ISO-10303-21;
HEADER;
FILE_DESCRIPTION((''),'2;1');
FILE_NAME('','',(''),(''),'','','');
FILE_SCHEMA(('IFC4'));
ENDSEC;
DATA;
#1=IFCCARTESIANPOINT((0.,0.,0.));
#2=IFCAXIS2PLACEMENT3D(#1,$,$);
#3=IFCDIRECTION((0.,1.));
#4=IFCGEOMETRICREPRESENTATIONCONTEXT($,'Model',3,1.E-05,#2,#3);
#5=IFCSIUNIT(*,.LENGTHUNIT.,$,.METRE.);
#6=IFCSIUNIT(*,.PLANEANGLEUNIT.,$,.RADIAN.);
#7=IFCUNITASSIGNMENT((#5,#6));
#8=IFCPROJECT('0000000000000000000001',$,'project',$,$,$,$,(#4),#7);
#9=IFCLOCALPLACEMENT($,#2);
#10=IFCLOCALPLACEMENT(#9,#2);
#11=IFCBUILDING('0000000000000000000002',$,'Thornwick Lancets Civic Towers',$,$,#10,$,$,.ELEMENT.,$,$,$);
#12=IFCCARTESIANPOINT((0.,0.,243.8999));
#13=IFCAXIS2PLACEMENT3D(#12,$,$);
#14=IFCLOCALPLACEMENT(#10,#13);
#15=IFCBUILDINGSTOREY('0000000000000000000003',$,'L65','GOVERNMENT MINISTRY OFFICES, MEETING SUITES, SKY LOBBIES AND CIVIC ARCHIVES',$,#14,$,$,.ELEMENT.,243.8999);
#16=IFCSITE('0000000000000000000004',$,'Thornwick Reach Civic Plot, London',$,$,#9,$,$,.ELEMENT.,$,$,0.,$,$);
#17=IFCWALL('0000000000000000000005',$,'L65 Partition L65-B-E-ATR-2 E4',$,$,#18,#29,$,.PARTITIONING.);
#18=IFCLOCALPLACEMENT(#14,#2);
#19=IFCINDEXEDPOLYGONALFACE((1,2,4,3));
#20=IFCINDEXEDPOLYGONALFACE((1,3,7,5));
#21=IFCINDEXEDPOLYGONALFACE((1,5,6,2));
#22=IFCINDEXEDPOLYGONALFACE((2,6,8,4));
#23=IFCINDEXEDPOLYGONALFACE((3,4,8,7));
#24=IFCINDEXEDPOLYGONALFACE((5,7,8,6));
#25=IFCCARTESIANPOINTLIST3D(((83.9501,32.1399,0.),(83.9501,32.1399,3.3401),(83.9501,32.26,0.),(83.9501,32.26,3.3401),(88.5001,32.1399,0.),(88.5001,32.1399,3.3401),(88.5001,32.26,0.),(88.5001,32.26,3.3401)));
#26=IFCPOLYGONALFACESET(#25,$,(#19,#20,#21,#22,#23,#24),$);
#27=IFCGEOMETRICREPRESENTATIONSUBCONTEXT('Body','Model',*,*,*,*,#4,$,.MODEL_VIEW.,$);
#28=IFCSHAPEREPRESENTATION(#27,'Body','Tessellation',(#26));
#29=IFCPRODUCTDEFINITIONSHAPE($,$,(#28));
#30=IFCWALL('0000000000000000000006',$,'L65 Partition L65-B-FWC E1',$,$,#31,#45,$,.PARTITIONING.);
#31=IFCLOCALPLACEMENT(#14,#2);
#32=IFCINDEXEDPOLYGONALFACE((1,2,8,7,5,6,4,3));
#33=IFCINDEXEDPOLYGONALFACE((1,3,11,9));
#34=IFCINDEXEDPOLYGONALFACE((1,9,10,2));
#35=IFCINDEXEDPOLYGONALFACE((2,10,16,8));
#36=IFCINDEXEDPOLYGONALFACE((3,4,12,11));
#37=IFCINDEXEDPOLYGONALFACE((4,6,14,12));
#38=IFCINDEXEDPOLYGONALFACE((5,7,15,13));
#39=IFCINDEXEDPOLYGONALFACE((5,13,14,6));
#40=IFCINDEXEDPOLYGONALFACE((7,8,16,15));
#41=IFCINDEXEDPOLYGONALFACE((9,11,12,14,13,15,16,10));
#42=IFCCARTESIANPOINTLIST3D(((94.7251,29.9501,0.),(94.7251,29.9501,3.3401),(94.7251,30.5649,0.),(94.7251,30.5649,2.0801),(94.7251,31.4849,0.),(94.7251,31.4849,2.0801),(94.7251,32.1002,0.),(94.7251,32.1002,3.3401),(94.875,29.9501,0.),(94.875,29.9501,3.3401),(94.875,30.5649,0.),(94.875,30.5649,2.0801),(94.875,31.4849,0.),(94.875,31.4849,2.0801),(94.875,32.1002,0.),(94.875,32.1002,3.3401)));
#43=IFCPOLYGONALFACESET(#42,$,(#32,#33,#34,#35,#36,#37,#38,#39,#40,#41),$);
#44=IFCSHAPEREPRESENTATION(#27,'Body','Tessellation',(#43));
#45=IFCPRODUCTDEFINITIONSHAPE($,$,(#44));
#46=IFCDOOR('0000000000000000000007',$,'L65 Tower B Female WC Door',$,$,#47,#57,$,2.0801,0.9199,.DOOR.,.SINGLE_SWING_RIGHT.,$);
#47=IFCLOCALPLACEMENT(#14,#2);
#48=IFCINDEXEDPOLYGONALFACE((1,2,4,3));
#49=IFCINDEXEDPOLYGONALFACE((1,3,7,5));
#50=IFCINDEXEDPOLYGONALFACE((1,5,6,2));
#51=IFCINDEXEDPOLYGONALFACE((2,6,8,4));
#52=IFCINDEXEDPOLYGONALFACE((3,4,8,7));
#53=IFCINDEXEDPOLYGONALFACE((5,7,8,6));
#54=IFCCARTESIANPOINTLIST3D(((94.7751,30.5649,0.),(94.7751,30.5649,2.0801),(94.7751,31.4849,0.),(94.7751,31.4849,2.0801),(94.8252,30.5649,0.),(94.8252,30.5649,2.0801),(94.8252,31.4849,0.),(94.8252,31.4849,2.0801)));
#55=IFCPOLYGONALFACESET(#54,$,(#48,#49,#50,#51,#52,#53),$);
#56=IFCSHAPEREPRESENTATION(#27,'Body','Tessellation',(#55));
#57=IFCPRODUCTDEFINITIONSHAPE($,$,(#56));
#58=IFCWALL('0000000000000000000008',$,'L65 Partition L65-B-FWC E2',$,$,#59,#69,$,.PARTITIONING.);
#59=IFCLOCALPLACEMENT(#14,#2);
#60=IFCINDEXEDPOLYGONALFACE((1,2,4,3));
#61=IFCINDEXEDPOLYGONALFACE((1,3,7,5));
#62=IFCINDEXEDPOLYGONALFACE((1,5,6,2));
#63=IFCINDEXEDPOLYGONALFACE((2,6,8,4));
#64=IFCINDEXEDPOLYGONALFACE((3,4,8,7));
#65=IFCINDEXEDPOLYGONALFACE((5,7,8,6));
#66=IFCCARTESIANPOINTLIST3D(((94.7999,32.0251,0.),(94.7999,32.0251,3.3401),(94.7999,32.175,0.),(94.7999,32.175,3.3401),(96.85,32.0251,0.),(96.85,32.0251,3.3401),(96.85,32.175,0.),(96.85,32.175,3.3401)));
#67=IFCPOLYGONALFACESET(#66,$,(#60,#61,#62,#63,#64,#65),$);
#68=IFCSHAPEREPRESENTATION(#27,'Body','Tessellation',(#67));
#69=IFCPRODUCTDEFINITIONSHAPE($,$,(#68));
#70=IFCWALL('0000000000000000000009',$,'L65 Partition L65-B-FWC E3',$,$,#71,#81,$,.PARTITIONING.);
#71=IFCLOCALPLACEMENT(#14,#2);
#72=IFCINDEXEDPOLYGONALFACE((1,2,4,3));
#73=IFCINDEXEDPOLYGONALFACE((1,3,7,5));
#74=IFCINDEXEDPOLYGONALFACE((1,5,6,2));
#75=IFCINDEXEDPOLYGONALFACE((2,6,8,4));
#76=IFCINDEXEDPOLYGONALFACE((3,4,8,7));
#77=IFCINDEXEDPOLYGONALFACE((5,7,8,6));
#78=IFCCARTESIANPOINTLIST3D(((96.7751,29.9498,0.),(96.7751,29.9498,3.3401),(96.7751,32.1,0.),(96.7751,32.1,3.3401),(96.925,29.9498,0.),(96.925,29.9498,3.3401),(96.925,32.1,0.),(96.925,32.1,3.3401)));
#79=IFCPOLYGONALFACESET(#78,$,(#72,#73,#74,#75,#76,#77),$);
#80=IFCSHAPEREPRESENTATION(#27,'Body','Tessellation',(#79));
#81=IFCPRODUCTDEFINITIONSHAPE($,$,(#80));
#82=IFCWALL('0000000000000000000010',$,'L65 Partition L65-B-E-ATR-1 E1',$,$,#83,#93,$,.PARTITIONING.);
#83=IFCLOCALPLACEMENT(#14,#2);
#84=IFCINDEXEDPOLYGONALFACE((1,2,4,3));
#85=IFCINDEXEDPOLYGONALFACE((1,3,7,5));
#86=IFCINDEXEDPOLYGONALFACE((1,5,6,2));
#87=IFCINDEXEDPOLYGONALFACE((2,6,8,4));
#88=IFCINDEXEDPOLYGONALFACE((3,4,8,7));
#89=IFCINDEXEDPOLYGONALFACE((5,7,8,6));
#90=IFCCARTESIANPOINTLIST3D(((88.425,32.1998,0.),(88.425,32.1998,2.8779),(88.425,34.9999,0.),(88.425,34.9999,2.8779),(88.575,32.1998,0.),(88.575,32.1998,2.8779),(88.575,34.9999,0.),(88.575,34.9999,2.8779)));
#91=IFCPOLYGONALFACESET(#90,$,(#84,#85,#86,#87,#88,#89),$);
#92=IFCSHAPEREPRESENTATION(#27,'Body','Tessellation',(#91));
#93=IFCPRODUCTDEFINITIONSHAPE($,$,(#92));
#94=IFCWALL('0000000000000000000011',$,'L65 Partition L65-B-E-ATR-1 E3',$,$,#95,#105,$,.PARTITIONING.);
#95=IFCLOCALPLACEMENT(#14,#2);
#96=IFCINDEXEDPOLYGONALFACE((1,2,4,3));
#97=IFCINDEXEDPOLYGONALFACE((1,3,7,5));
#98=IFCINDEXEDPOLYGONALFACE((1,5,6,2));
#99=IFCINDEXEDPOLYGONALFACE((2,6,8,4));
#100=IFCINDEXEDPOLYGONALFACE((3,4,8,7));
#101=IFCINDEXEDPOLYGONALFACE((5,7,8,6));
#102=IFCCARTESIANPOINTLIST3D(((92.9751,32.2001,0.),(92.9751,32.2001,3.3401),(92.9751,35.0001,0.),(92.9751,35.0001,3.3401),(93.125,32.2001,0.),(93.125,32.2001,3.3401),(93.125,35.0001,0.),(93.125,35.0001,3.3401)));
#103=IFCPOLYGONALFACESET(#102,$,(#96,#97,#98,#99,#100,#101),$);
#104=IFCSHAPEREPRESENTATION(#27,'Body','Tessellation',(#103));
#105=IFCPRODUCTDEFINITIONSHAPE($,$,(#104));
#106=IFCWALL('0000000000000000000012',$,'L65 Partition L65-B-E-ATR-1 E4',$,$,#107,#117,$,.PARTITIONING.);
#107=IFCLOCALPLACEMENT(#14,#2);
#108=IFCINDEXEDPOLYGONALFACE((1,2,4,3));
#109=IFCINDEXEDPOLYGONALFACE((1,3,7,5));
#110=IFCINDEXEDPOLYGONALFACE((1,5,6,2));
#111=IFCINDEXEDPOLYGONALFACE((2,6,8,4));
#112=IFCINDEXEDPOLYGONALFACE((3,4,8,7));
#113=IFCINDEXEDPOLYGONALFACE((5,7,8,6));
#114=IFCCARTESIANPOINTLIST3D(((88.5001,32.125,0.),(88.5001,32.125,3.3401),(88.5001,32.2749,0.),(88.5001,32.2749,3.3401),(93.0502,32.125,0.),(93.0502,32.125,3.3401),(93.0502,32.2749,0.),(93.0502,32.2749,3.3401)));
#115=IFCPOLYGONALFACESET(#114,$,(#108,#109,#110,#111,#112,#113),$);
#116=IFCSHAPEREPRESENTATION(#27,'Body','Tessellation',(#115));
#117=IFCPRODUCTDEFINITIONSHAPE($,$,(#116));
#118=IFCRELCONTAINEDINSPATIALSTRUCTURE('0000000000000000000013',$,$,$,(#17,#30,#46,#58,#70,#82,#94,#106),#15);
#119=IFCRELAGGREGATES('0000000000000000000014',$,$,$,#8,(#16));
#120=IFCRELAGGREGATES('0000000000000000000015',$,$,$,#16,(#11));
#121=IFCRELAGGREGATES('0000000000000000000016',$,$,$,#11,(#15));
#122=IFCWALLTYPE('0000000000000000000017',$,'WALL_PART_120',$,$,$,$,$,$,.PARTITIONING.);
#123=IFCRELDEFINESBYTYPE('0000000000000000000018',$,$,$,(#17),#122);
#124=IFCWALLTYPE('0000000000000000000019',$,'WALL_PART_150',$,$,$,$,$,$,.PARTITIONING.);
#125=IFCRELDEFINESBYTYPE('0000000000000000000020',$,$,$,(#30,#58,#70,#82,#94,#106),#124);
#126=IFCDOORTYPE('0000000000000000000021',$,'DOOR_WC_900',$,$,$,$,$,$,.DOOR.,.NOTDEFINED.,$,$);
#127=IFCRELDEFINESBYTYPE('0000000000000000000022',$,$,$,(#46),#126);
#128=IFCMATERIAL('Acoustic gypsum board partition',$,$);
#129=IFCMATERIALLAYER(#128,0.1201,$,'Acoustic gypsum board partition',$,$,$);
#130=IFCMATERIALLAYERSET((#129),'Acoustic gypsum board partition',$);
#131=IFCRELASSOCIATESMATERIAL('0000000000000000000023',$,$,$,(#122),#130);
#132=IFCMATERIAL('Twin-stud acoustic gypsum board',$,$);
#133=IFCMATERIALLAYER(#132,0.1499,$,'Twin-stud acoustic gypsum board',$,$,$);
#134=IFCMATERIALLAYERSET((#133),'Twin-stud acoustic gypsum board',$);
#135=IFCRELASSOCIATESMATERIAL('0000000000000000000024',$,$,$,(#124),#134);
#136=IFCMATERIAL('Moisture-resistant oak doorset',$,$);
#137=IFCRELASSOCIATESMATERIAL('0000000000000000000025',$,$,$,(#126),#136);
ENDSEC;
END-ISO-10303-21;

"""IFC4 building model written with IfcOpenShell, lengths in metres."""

from ifc_helpers import new_model, si_unit, direction, frame, frame_2d, origin, place, context, subcontext, project, spatial, rectangle, extrude, material, layer, layer_set, type_object, element, fill, save


model = new_model("IFC4")

# Units and contexts
model_context = context("Model", 3, precision=1e-05, world=origin(), true_north=direction((0.0, 1.0)))
body_context = subcontext(model_context, "Body", "Model", "MODEL_VIEW")
ifc_project = project(units=[si_unit("LENGTHUNIT", "METRE"), si_unit("PLANEANGLEUNIT", "RADIAN")], contexts=[model_context])

# Site, building, storey
site_placement = place(None, origin())
site = spatial("IfcSite", under=ifc_project, at=site_placement, Name="Thornwick Reach Civic Plot, London", CompositionType="ELEMENT", RefElevation=0.0)
building_placement = place(site_placement, origin())
building = spatial("IfcBuilding", under=site, at=building_placement, Name="Thornwick Lancets Civic Towers", CompositionType="ELEMENT")
storey_placement = place(building_placement, frame((0.0, 0.0, 243.8999)))
storey = spatial("IfcBuildingStorey", under=building, at=storey_placement, Name="L65", Description="GOVERNMENT MINISTRY OFFICES, MEETING SUITES, SKY LOBBIES AND CIVIC ARCHIVES", CompositionType="ELEMENT", Elevation=243.8999)

# Shared definitions
ifc_material_1 = material(Name="Acoustic gypsum board partition")
ifc_layer_1 = layer(ifc_material_1, 0.1201, Name="Acoustic gypsum board partition")
ifc_layer_set_1 = layer_set([ifc_layer_1], Name="Acoustic gypsum board partition")
wall_type_1 = type_object("IfcWallType", Name="WALL_PART_120", PredefinedType="PARTITIONING", material=ifc_layer_set_1)

# Wall
wall_1_placement = place(storey_placement, frame((88.5, 32.2, 0.0), z_axis=(0.0, 0.0, 1.0), x_axis=(-1.0, 0.0, 0.0)))
element("IfcWall", 1, at=wall_1_placement, inside=storey, type_object=wall_type_1, Name="L65 Partition L65-B-E-ATR-2 E4", PredefinedType="PARTITIONING", context=body_context, shape_type="SweptSolid", body=[
    extrude(rectangle(XDim=4.55, YDim=0.1201, at=frame_2d((2.2749, 0.0))), origin(), (0.0, 0.0, 1.0), 3.3401),
])

# Wall, opening, door
ifc_material_2 = material(Name="Twin-stud acoustic gypsum board")
ifc_layer_2 = layer(ifc_material_2, 0.1499, Name="Twin-stud acoustic gypsum board")
ifc_layer_set_2 = layer_set([ifc_layer_2], Name="Twin-stud acoustic gypsum board")
wall_type_2 = type_object("IfcWallType", Name="WALL_PART_150", PredefinedType="PARTITIONING", material=ifc_layer_set_2)
wall_2_placement = place(storey_placement, frame((94.8, 29.95, 0.0), z_axis=(0.0, 0.0, 1.0), x_axis=(0.0, 1.0, 0.0)))
wall_2 = element("IfcWall", 2, at=wall_2_placement, inside=storey, type_object=wall_type_2, Name="L65 Partition L65-B-FWC E1", PredefinedType="PARTITIONING", context=body_context, shape_type="SweptSolid", body=[
    extrude(rectangle(XDim=2.1501, YDim=0.1499, at=frame_2d((1.0752, 0.0))), origin(), (0.0, 0.0, 1.0), 3.3401),
])
opening_1_placement = place(wall_2_placement, frame((0.615, 0.0, 0.0)))
opening_1 = element("IfcOpeningElement", 3, at=opening_1_placement, cuts=wall_2, PredefinedType="OPENING", context=body_context, shape_type="SweptSolid", body=[
    extrude(rectangle(XDim=0.9199, YDim=2.0801, at=frame_2d((0.46, 1.04))), frame((0.0, 0.085, 0.0), z_axis=(0.0, -1.0, 0.0), x_axis=(1.0, 0.0, 0.0)), (0.0, 0.0, 1.0), 0.1699),
])
ifc_material_3 = material(Name="Moisture-resistant oak doorset")
door_type_1 = type_object("IfcDoorType", Name="DOOR_WC_900", OperationType="NOTDEFINED", PredefinedType="DOOR", material=ifc_material_3)
door_1_placement = place(opening_1_placement, origin())
door_1 = element("IfcDoor", 4, at=door_1_placement, inside=storey, type_object=door_type_1, Name="L65 Tower B Female WC Door", OperationType="SINGLE_SWING_RIGHT", OverallHeight=2.0801, OverallWidth=0.9199, PredefinedType="DOOR", context=body_context, shape_type="SweptSolid", body=[
    extrude(rectangle(XDim=0.9199, YDim=2.0801, at=frame_2d((0.46, 1.04))), frame((0.0, 0.0249, 0.0), z_axis=(0.0, -1.0, 0.0), x_axis=(1.0, 0.0, 0.0)), (0.0, 0.0, 1.0), 0.05),
])
fill(opening_1, door_1)

# Walls
wall_3_placement = place(storey_placement, frame((94.8, 32.1001, 0.0), z_axis=(0.0, 0.0, 1.0), x_axis=(1.0, 0.0, 0.0)))
element("IfcWall", 5, at=wall_3_placement, inside=storey, type_object=wall_type_2, Name="L65 Partition L65-B-FWC E2", PredefinedType="PARTITIONING", context=body_context, shape_type="SweptSolid", body=[
    extrude(rectangle(XDim=2.05, YDim=0.1499, at=frame_2d((1.0249, 0.0))), origin(), (0.0, 0.0, 1.0), 3.3401),
])
wall_4_placement = place(storey_placement, frame((96.8501, 32.1001, 0.0), z_axis=(0.0, 0.0, 1.0), x_axis=(0.0, -1.0, 0.0)))
element("IfcWall", 6, at=wall_4_placement, inside=storey, type_object=wall_type_2, Name="L65 Partition L65-B-FWC E3", PredefinedType="PARTITIONING", context=body_context, shape_type="SweptSolid", body=[
    extrude(rectangle(XDim=2.1501, YDim=0.1499, at=frame_2d((1.0752, 0.0))), origin(), (0.0, 0.0, 1.0), 3.3401),
])
wall_5_placement = place(storey_placement, frame((88.5, 32.2, 0.0), z_axis=(0.0, 0.0, 1.0), x_axis=(0.0, 1.0, 0.0)))
element("IfcWall", 7, at=wall_5_placement, inside=storey, type_object=wall_type_2, Name="L65 Partition L65-B-E-ATR-1 E1", PredefinedType="PARTITIONING", context=body_context, shape_type="SweptSolid", body=[
    extrude(rectangle(XDim=2.8, YDim=0.1499, at=frame_2d((1.3999, 0.0))), origin(), (0.0, 0.0, 1.0), 2.8779),
])

# Walls
wall_6_placement = place(storey_placement, frame((93.05, 35.0, 0.0), z_axis=(0.0, 0.0, 1.0), x_axis=(0.0, -1.0, 0.0)))
element("IfcWall", 8, at=wall_6_placement, inside=storey, type_object=wall_type_2, Name="L65 Partition L65-B-E-ATR-1 E3", PredefinedType="PARTITIONING", context=body_context, shape_type="SweptSolid", body=[
    extrude(rectangle(XDim=2.8, YDim=0.1499, at=frame_2d((1.3999, 0.0))), origin(), (0.0, 0.0, 1.0), 3.3401),
])
wall_7_placement = place(storey_placement, frame((93.05, 32.2, 0.0), z_axis=(0.0, 0.0, 1.0), x_axis=(-1.0, 0.0, 0.0)))
element("IfcWall", 9, at=wall_7_placement, inside=storey, type_object=wall_type_2, Name="L65 Partition L65-B-E-ATR-1 E4", PredefinedType="PARTITIONING", context=body_context, shape_type="SweptSolid", body=[
    extrude(rectangle(XDim=4.55, YDim=0.1499, at=frame_2d((2.2749, 0.0))), origin(), (0.0, 0.0, 1.0), 3.3401),
])

save(model, "model.ifc")
